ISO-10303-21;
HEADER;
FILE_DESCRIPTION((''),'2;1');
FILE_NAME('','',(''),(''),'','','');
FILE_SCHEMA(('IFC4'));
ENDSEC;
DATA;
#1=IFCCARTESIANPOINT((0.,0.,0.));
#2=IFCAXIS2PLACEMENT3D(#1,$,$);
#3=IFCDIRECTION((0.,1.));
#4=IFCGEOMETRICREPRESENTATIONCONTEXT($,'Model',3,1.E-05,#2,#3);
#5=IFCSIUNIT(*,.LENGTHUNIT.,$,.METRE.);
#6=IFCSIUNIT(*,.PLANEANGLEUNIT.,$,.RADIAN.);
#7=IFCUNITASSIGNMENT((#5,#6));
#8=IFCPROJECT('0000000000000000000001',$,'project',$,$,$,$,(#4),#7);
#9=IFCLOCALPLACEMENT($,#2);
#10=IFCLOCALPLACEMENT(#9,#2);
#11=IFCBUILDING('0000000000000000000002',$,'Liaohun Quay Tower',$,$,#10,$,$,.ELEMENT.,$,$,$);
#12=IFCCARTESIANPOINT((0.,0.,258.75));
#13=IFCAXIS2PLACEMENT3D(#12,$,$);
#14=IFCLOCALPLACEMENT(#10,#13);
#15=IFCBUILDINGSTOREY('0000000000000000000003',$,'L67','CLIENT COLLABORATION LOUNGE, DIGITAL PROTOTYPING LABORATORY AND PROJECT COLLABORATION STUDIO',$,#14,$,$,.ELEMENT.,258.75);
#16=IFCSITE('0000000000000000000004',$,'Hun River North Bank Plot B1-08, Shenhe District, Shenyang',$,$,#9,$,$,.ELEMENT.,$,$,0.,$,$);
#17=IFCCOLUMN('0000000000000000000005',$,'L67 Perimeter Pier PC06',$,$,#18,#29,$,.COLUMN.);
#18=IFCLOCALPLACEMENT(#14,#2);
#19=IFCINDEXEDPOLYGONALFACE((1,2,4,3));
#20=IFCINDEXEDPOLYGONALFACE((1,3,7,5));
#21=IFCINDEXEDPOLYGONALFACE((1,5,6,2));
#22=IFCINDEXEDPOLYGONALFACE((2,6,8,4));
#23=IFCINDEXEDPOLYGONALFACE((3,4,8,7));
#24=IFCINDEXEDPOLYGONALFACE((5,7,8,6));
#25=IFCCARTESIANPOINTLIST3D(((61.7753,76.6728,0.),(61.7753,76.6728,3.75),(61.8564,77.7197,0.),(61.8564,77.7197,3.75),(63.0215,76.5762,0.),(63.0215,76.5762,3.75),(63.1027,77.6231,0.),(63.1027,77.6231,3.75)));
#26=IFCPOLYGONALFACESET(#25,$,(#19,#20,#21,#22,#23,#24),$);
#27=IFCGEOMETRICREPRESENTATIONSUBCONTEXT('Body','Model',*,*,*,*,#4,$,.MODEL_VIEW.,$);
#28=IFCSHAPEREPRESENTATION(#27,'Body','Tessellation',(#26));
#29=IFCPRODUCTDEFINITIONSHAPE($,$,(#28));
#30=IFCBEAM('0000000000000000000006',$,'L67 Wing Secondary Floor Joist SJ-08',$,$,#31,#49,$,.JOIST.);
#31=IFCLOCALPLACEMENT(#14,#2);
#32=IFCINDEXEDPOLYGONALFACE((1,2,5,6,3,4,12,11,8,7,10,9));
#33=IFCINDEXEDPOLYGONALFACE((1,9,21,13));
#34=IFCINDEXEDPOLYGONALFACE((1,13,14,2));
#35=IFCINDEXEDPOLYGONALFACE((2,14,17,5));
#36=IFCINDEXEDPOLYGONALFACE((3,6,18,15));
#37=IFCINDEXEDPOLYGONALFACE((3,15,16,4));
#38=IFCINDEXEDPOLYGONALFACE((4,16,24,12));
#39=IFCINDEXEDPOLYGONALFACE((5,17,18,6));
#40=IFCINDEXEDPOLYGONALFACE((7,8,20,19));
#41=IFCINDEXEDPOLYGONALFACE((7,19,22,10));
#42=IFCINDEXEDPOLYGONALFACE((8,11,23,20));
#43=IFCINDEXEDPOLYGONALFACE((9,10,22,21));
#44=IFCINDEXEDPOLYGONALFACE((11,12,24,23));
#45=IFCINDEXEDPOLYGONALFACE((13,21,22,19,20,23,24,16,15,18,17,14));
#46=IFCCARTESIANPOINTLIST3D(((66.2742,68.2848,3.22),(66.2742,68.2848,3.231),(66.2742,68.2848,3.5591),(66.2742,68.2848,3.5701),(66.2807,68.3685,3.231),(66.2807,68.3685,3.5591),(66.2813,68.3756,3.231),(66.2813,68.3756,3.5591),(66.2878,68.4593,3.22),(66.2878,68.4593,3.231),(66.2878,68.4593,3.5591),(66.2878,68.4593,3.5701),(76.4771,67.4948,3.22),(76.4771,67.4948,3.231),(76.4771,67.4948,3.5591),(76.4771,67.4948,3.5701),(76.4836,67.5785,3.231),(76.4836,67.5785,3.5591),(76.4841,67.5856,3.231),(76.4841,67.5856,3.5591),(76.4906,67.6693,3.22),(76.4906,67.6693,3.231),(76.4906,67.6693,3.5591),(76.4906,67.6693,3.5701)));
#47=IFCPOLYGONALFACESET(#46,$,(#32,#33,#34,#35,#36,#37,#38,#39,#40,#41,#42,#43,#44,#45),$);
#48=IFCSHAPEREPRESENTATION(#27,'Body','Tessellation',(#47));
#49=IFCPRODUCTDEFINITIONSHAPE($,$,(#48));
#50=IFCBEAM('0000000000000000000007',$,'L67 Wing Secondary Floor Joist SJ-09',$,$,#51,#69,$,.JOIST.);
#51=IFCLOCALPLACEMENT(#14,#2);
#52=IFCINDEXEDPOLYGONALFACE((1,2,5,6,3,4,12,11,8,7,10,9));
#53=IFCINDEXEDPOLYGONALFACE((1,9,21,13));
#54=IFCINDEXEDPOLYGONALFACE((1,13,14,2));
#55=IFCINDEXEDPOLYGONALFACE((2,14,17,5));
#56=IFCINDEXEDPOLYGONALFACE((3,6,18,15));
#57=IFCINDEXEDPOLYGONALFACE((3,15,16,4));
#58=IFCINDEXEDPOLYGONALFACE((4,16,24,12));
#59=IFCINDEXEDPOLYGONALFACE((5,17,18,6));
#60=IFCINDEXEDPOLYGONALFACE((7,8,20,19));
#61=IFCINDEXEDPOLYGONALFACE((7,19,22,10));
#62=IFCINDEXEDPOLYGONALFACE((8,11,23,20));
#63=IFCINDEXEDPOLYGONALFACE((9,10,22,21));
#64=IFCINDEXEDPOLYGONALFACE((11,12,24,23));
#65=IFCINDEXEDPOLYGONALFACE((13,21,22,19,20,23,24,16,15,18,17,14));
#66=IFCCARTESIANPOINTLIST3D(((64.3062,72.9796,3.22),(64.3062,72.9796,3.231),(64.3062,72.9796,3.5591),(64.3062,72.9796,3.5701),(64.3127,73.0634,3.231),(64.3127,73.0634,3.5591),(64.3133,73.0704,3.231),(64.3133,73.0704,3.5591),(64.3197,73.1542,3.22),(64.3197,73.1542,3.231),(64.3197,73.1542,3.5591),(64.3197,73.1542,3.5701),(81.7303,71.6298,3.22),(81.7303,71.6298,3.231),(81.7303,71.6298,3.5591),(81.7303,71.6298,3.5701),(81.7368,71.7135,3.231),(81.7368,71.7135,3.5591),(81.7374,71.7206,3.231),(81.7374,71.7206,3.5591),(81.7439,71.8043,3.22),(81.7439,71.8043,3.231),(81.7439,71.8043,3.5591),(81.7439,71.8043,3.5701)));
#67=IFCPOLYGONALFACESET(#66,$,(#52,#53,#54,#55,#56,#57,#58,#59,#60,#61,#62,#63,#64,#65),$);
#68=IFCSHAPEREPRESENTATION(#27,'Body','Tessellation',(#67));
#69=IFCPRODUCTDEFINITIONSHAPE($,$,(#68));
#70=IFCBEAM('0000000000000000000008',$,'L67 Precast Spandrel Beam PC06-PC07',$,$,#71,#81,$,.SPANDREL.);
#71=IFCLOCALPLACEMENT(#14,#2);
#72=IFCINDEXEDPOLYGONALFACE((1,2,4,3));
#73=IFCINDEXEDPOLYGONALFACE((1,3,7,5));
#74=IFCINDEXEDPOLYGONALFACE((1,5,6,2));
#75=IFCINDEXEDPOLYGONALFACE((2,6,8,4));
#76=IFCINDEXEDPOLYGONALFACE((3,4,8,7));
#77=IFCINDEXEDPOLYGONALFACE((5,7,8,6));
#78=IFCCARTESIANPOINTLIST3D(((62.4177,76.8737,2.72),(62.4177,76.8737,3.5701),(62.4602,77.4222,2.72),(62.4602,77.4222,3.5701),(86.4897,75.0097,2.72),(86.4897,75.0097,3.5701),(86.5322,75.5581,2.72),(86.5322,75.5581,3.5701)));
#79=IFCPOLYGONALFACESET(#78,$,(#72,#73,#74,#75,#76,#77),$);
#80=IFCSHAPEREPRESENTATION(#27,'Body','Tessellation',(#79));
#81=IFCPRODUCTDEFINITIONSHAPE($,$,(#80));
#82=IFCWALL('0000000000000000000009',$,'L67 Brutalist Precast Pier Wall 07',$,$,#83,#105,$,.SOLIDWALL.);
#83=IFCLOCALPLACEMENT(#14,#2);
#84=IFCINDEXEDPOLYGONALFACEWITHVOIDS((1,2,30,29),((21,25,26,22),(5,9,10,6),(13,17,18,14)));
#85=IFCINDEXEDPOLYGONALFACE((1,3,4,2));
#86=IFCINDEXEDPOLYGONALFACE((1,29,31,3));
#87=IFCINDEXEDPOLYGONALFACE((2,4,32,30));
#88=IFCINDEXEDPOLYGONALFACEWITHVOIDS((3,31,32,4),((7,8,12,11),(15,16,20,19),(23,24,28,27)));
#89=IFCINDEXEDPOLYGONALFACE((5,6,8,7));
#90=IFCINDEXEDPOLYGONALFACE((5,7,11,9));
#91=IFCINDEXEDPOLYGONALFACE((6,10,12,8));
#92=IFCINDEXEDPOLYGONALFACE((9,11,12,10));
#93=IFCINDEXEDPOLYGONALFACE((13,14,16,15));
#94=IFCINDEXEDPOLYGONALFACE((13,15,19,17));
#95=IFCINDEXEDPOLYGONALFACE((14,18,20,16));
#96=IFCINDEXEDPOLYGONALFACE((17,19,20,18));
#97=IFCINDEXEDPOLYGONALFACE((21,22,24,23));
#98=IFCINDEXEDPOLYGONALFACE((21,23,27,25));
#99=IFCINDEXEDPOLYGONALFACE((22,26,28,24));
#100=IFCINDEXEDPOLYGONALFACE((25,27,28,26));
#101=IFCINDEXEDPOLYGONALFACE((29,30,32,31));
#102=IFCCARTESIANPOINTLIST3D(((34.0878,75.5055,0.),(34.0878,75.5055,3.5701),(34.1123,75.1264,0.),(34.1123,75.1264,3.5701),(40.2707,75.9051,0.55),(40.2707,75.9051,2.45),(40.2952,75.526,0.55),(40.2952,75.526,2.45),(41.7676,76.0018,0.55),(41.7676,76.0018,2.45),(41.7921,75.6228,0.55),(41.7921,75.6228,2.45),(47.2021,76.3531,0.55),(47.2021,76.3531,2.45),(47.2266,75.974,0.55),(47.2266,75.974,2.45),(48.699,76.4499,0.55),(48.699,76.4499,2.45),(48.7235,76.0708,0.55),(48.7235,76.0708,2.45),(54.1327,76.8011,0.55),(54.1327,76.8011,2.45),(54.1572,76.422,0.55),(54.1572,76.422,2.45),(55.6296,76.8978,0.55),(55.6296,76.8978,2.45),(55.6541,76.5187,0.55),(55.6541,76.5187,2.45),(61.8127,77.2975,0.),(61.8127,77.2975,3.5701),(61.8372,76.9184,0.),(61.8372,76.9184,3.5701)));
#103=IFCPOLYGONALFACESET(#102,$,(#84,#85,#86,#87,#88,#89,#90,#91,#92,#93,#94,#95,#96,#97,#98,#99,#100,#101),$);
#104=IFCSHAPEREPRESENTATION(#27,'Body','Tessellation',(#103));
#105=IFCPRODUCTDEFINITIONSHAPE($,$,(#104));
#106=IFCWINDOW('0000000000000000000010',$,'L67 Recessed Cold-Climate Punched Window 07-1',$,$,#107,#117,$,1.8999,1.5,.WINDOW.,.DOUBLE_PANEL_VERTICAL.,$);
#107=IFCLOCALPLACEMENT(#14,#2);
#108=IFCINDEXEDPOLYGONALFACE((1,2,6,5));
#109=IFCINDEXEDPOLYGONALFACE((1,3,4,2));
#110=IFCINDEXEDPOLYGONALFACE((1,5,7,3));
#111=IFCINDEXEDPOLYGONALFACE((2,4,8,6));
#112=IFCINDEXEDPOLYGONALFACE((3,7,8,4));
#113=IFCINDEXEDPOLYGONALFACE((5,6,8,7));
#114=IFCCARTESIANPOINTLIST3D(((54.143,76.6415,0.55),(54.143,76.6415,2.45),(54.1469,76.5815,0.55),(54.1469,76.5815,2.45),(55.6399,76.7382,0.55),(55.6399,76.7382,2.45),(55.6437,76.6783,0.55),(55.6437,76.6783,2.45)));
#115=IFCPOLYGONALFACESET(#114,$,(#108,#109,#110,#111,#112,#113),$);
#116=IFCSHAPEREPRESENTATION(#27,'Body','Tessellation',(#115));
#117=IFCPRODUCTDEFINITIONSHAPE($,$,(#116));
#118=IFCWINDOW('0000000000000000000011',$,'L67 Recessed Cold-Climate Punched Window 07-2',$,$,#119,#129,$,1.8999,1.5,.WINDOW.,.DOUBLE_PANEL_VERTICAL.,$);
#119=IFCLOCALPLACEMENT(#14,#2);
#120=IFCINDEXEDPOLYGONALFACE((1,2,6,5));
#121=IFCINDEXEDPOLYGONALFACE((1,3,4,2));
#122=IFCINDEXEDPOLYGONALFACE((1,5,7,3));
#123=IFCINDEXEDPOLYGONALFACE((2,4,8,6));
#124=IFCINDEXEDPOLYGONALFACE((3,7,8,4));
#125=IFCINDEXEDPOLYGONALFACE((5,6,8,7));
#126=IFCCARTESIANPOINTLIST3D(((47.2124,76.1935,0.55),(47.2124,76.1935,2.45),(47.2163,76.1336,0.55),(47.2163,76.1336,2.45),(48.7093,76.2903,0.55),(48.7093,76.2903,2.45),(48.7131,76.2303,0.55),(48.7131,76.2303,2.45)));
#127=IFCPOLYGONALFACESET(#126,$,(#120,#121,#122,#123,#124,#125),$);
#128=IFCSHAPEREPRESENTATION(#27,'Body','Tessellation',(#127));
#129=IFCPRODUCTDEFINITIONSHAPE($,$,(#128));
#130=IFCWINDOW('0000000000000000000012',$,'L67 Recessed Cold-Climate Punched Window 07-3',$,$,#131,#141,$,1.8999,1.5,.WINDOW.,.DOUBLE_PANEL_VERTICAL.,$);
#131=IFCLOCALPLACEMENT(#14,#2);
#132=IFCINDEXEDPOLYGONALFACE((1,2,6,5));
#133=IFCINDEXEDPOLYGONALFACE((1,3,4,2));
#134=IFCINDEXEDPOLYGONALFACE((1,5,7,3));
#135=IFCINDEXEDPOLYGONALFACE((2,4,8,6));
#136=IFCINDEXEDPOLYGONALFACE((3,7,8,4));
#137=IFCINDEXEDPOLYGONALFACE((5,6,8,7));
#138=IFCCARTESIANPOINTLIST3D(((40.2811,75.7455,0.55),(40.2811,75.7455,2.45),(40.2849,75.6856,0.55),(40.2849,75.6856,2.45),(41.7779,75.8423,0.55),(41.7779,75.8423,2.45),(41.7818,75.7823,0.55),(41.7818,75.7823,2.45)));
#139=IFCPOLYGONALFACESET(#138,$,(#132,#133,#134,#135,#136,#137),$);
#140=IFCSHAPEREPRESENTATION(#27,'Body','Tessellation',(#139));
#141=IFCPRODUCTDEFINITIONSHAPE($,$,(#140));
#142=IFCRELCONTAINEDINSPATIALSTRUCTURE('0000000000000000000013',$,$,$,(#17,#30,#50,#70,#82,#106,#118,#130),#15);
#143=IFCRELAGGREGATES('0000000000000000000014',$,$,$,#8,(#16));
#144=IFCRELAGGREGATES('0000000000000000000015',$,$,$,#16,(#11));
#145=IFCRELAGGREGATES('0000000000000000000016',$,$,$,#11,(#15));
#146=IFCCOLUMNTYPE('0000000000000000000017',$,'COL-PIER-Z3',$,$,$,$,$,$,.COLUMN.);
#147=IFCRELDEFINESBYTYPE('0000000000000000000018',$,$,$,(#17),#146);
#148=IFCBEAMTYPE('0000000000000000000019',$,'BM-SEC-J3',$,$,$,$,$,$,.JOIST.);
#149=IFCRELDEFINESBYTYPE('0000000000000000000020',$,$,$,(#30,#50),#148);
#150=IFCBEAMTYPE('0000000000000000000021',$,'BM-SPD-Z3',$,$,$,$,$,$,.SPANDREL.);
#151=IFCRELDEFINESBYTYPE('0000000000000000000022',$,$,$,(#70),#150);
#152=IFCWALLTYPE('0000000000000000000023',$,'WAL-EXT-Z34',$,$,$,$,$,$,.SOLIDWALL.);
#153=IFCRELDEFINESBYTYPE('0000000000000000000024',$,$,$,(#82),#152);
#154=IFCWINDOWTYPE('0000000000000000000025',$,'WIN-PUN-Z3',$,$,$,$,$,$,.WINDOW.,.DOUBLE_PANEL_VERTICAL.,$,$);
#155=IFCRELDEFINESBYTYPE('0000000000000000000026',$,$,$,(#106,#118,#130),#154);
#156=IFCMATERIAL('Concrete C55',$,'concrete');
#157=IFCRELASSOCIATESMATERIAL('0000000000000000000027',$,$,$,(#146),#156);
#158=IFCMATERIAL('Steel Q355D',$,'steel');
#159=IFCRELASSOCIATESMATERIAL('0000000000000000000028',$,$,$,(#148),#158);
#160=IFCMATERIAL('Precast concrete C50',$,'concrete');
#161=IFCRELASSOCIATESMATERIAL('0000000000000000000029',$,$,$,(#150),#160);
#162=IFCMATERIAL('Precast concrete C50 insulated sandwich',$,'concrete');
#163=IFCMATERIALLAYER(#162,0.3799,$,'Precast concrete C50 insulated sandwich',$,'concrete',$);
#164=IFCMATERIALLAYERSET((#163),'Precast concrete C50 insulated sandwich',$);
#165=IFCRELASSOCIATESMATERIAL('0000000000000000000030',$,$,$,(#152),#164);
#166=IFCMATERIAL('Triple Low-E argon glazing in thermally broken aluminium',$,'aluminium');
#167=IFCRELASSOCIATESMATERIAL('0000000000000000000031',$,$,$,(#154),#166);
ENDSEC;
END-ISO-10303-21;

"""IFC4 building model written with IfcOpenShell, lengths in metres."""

from ifc_helpers import new_model, si_unit, direction, frame, frame_2d, origin, origin_2d, place, context, subcontext, project, spatial, rectangle, i_section, extrude, source, transform, mapped, material, layer, layer_set, material_profile, profile_set, type_object, element, fill, save


model = new_model("IFC4")

# Units and contexts
model_context = context("Model", 3, precision=1e-05, world=origin(), true_north=direction((0.0, 1.0)))
body_context = subcontext(model_context, "Body", "Model", "MODEL_VIEW")
ifc_project = project(units=[si_unit("LENGTHUNIT", "METRE"), si_unit("PLANEANGLEUNIT", "RADIAN")], contexts=[model_context])

# Site, building, storey
site_placement = place(None, origin())
site = spatial("IfcSite", under=ifc_project, at=site_placement, Name="Hun River North Bank Plot B1-08, Shenhe District, Shenyang", CompositionType="ELEMENT", RefElevation=0.0)
building_placement = place(site_placement, origin())
building = spatial("IfcBuilding", under=site, at=building_placement, Name="Liaohun Quay Tower", CompositionType="ELEMENT")
storey_placement = place(building_placement, frame((0.0, 0.0, 258.75)))
storey = spatial("IfcBuildingStorey", under=building, at=storey_placement, Name="L67", Description="CLIENT COLLABORATION LOUNGE, DIGITAL PROTOTYPING LABORATORY AND PROJECT COLLABORATION STUDIO", CompositionType="ELEMENT", Elevation=258.75)

# Column
ifc_material_1 = material(Name="Concrete C55", Category="concrete")
ifc_material_profile_1 = material_profile(ifc_material_1, rectangle(XDim=1.25, YDim=1.05, at=origin_2d()), Name="RC1250x1050")
ifc_profile_set_1 = profile_set([ifc_material_profile_1], Name="Concrete C55")
column_type = type_object("IfcColumnType", Name="COL-PIER-Z3", PredefinedType="COLUMN", material=ifc_profile_set_1)
shared_shape_1 = source(origin(), body_context, "Body", "SweptSolid", [
    extrude(rectangle(XDim=1.25, YDim=1.05, at=origin_2d()), origin(), (0.0, 0.0, 1.0), 3.75),
])
column_placement = place(storey_placement, frame((62.439, 77.1479, 0.0), z_axis=(0.0, 0.0, 1.0), x_axis=(-0.997012, 0.077241, 0.0)))
element("IfcColumn", 1, at=column_placement, inside=storey, type_object=column_type, Name="L67 Perimeter Pier PC06", PredefinedType="COLUMN", context=body_context, shape_type="MappedRepresentation", body=[
    mapped(shared_shape_1, transform((0.0, 0.0, 0.0), x_axis=(1.0, 0.0, 0.0), y_axis=(0.0, 1.0, 0.0), z_axis=(0.0, 0.0, 1.0), scale=1.0)),
])

# Beams
ifc_material_2 = material(Name="Steel Q355D", Category="steel")
ifc_material_profile_2 = material_profile(ifc_material_2, i_section(OverallWidth=0.175, OverallDepth=0.3501, WebThickness=0.0071, FlangeThickness=0.011, at=origin_2d()), Name="HN350x175x7x11")
ifc_profile_set_2 = profile_set([ifc_material_profile_2], Name="Steel Q355D")
beam_type_1 = type_object("IfcBeamType", Name="BM-SEC-J3", PredefinedType="JOIST", material=ifc_profile_set_2)
shared_shape_2 = source(origin(), body_context, "Body", "SweptSolid", [
    extrude(i_section(OverallWidth=0.175, OverallDepth=0.3501, WebThickness=0.0071, FlangeThickness=0.011, at=origin_2d()), origin(), (0.0, 0.0, 1.0), 10.2334),
])
beam_1_placement = place(storey_placement, frame((66.281, 68.3721, 3.395), z_axis=(0.997015, -0.077202, 0.0), x_axis=(0.077202, 0.997015, 0.0)))
element("IfcBeam", 2, at=beam_1_placement, inside=storey, type_object=beam_type_1, Name="L67 Wing Secondary Floor Joist SJ-08", PredefinedType="JOIST", context=body_context, shape_type="MappedRepresentation", body=[
    mapped(shared_shape_2, transform((0.0, 0.0, 0.0), x_axis=(1.0, 0.0, 0.0), y_axis=(0.0, 1.0, 0.0), z_axis=(0.0, 0.0, 1.0), scale=1.0)),
])
shared_shape_3 = source(origin(), body_context, "Body", "SweptSolid", [
    extrude(i_section(OverallWidth=0.175, OverallDepth=0.3501, WebThickness=0.0071, FlangeThickness=0.011, at=origin_2d()), origin(), (0.0, 0.0, 1.0), 17.4763),
])
beam_2_placement = place(storey_placement, frame((64.313, 73.0669, 3.395), z_axis=(0.997013, -0.077239, 0.0), x_axis=(0.077239, 0.997013, 0.0)))
element("IfcBeam", 3, at=beam_2_placement, inside=storey, type_object=beam_type_1, Name="L67 Wing Secondary Floor Joist SJ-09", PredefinedType="JOIST", context=body_context, shape_type="MappedRepresentation", body=[
    mapped(shared_shape_3, transform((0.0, 0.0, 0.0), x_axis=(1.0, 0.0, 0.0), y_axis=(0.0, 1.0, 0.0), z_axis=(0.0, 0.0, 1.0), scale=1.0)),
])
ifc_material_3 = material(Name="Precast concrete C50", Category="concrete")
ifc_material_profile_3 = material_profile(ifc_material_3, rectangle(XDim=0.55, YDim=0.8501, at=origin_2d()), Name="RC550x850")
ifc_profile_set_3 = profile_set([ifc_material_profile_3], Name="Precast concrete C50")
beam_type_2 = type_object("IfcBeamType", Name="BM-SPD-Z3", PredefinedType="SPANDREL", material=ifc_profile_set_3)
shared_shape_4 = source(origin(), body_context, "Body", "SweptSolid", [
    extrude(rectangle(XDim=0.55, YDim=0.8501, at=origin_2d()), origin(), (0.0, 0.0, 1.0), 24.144),
])
beam_3_placement = place(storey_placement, frame((62.439, 77.1479, 3.145), z_axis=(0.997015, -0.077204, 0.0), x_axis=(0.077204, 0.997015, 0.0)))
element("IfcBeam", 4, at=beam_3_placement, inside=storey, type_object=beam_type_2, Name="L67 Precast Spandrel Beam PC06-PC07", PredefinedType="SPANDREL", context=body_context, shape_type="MappedRepresentation", body=[
    mapped(shared_shape_4, transform((0.0, 0.0, 0.0), x_axis=(1.0, 0.0, 0.0), y_axis=(0.0, 1.0, 0.0), z_axis=(0.0, 0.0, 1.0), scale=1.0)),
])

# Wall, openings, windows
ifc_material_4 = material(Name="Precast concrete C50 insulated sandwich", Category="concrete")
ifc_layer_1 = layer(ifc_material_4, 0.3799, Name="Precast concrete C50 insulated sandwich", Category="concrete")
ifc_layer_set_1 = layer_set([ifc_layer_1], Name="Precast concrete C50 insulated sandwich")
wall_type_1 = type_object("IfcWallType", Name="WAL-EXT-Z34", PredefinedType="SOLIDWALL", material=ifc_layer_set_1)
wall_1_placement = place(storey_placement, frame((61.825, 77.1079, 0.0), z_axis=(0.0, 0.0, 1.0), x_axis=(-0.997918, -0.0645, 0.0)))
wall_1 = element("IfcWall", 5, at=wall_1_placement, inside=storey, type_object=wall_type_1, Name="L67 Brutalist Precast Pier Wall 07", PredefinedType="SOLIDWALL", context=body_context, shape_type="SweptSolid", body=[
    extrude(rectangle(XDim=27.7827, YDim=0.3799, at=frame_2d((13.8914, 0.0))), origin(), (0.0, 0.0, 1.0), 3.5701),
])
shared_shape_5 = source(origin(), body_context, "Body", "SweptSolid", [
    extrude(rectangle(XDim=1.5, YDim=1.8999, at=frame_2d((0.75, 0.95))), frame((0.0, 0.2, 0.0), z_axis=(0.0, -1.0, 0.0), x_axis=(1.0, 0.0, 0.0)), (0.0, 0.0, 1.0), 0.3999),
])
opening_1_placement = place(wall_1_placement, frame((6.196, 0.0, 0.55)))
opening_1 = element("IfcOpeningElement", 6, at=opening_1_placement, cuts=wall_1, PredefinedType="OPENING", context=body_context, shape_type="MappedRepresentation", body=[
    mapped(shared_shape_5, transform((0.0, 0.0, 0.0), x_axis=(1.0, 0.0, 0.0), y_axis=(0.0, 1.0, 0.0), z_axis=(0.0, 0.0, 1.0), scale=1.0)),
])
opening_2_placement = place(wall_1_placement, frame((13.1411, 0.0, 0.55)))
opening_2 = element("IfcOpeningElement", 7, at=opening_2_placement, cuts=wall_1, PredefinedType="OPENING", context=body_context, shape_type="MappedRepresentation", body=[
    mapped(shared_shape_5, transform((0.0, 0.0, 0.0), x_axis=(1.0, 0.0, 0.0), y_axis=(0.0, 1.0, 0.0), z_axis=(0.0, 0.0, 1.0), scale=1.0)),
])
opening_3_placement = place(wall_1_placement, frame((20.0869, 0.0, 0.55)))
opening_3 = element("IfcOpeningElement", 8, at=opening_3_placement, cuts=wall_1, PredefinedType="OPENING", context=body_context, shape_type="MappedRepresentation", body=[
    mapped(shared_shape_5, transform((0.0, 0.0, 0.0), x_axis=(1.0, 0.0, 0.0), y_axis=(0.0, 1.0, 0.0), z_axis=(0.0, 0.0, 1.0), scale=1.0)),
])
ifc_material_5 = material(Name="Triple Low-E argon glazing in thermally broken aluminium", Category="aluminium")
window_type = type_object("IfcWindowType", Name="WIN-PUN-Z3", PartitioningType="DOUBLE_PANEL_VERTICAL", PredefinedType="WINDOW", material=ifc_material_5)
shared_shape_6 = source(origin(), body_context, "Body", "SweptSolid", [
    extrude(rectangle(XDim=1.5, YDim=1.8999, at=frame_2d((0.75, 0.95))), frame((0.0, 0.03, 0.0), z_axis=(0.0, -1.0, 0.0), x_axis=(1.0, 0.0, 0.0)), (0.0, 0.0, 1.0), 0.0601),
])
window_1_placement = place(opening_1_placement, origin())
window_1 = element("IfcWindow", 9, at=window_1_placement, inside=storey, type_object=window_type, Name="L67 Recessed Cold-Climate Punched Window 07-1", OverallHeight=1.8999, OverallWidth=1.5, PartitioningType="DOUBLE_PANEL_VERTICAL", PredefinedType="WINDOW", context=body_context, shape_type="MappedRepresentation", body=[
    mapped(shared_shape_6, transform((0.0, 0.0, 0.0), x_axis=(1.0, 0.0, 0.0), y_axis=(0.0, 1.0, 0.0), z_axis=(0.0, 0.0, 1.0), scale=1.0)),
])
fill(opening_1, window_1)
window_2_placement = place(opening_2_placement, origin())
window_2 = element("IfcWindow", 10, at=window_2_placement, inside=storey, type_object=window_type, Name="L67 Recessed Cold-Climate Punched Window 07-2", OverallHeight=1.8999, OverallWidth=1.5, PartitioningType="DOUBLE_PANEL_VERTICAL", PredefinedType="WINDOW", context=body_context, shape_type="MappedRepresentation", body=[
    mapped(shared_shape_6, transform((0.0, 0.0, 0.0), x_axis=(1.0, 0.0, 0.0), y_axis=(0.0, 1.0, 0.0), z_axis=(0.0, 0.0, 1.0), scale=1.0)),
])
fill(opening_2, window_2)
window_3_placement = place(opening_3_placement, origin())
window_3 = element("IfcWindow", 11, at=window_3_placement, inside=storey, type_object=window_type, Name="L67 Recessed Cold-Climate Punched Window 07-3", OverallHeight=1.8999, OverallWidth=1.5, PartitioningType="DOUBLE_PANEL_VERTICAL", PredefinedType="WINDOW", context=body_context, shape_type="MappedRepresentation", body=[
    mapped(shared_shape_6, transform((0.0, 0.0, 0.0), x_axis=(1.0, 0.0, 0.0), y_axis=(0.0, 1.0, 0.0), z_axis=(0.0, 0.0, 1.0), scale=1.0)),
])
fill(opening_3, window_3)

save(model, "model.ifc")
